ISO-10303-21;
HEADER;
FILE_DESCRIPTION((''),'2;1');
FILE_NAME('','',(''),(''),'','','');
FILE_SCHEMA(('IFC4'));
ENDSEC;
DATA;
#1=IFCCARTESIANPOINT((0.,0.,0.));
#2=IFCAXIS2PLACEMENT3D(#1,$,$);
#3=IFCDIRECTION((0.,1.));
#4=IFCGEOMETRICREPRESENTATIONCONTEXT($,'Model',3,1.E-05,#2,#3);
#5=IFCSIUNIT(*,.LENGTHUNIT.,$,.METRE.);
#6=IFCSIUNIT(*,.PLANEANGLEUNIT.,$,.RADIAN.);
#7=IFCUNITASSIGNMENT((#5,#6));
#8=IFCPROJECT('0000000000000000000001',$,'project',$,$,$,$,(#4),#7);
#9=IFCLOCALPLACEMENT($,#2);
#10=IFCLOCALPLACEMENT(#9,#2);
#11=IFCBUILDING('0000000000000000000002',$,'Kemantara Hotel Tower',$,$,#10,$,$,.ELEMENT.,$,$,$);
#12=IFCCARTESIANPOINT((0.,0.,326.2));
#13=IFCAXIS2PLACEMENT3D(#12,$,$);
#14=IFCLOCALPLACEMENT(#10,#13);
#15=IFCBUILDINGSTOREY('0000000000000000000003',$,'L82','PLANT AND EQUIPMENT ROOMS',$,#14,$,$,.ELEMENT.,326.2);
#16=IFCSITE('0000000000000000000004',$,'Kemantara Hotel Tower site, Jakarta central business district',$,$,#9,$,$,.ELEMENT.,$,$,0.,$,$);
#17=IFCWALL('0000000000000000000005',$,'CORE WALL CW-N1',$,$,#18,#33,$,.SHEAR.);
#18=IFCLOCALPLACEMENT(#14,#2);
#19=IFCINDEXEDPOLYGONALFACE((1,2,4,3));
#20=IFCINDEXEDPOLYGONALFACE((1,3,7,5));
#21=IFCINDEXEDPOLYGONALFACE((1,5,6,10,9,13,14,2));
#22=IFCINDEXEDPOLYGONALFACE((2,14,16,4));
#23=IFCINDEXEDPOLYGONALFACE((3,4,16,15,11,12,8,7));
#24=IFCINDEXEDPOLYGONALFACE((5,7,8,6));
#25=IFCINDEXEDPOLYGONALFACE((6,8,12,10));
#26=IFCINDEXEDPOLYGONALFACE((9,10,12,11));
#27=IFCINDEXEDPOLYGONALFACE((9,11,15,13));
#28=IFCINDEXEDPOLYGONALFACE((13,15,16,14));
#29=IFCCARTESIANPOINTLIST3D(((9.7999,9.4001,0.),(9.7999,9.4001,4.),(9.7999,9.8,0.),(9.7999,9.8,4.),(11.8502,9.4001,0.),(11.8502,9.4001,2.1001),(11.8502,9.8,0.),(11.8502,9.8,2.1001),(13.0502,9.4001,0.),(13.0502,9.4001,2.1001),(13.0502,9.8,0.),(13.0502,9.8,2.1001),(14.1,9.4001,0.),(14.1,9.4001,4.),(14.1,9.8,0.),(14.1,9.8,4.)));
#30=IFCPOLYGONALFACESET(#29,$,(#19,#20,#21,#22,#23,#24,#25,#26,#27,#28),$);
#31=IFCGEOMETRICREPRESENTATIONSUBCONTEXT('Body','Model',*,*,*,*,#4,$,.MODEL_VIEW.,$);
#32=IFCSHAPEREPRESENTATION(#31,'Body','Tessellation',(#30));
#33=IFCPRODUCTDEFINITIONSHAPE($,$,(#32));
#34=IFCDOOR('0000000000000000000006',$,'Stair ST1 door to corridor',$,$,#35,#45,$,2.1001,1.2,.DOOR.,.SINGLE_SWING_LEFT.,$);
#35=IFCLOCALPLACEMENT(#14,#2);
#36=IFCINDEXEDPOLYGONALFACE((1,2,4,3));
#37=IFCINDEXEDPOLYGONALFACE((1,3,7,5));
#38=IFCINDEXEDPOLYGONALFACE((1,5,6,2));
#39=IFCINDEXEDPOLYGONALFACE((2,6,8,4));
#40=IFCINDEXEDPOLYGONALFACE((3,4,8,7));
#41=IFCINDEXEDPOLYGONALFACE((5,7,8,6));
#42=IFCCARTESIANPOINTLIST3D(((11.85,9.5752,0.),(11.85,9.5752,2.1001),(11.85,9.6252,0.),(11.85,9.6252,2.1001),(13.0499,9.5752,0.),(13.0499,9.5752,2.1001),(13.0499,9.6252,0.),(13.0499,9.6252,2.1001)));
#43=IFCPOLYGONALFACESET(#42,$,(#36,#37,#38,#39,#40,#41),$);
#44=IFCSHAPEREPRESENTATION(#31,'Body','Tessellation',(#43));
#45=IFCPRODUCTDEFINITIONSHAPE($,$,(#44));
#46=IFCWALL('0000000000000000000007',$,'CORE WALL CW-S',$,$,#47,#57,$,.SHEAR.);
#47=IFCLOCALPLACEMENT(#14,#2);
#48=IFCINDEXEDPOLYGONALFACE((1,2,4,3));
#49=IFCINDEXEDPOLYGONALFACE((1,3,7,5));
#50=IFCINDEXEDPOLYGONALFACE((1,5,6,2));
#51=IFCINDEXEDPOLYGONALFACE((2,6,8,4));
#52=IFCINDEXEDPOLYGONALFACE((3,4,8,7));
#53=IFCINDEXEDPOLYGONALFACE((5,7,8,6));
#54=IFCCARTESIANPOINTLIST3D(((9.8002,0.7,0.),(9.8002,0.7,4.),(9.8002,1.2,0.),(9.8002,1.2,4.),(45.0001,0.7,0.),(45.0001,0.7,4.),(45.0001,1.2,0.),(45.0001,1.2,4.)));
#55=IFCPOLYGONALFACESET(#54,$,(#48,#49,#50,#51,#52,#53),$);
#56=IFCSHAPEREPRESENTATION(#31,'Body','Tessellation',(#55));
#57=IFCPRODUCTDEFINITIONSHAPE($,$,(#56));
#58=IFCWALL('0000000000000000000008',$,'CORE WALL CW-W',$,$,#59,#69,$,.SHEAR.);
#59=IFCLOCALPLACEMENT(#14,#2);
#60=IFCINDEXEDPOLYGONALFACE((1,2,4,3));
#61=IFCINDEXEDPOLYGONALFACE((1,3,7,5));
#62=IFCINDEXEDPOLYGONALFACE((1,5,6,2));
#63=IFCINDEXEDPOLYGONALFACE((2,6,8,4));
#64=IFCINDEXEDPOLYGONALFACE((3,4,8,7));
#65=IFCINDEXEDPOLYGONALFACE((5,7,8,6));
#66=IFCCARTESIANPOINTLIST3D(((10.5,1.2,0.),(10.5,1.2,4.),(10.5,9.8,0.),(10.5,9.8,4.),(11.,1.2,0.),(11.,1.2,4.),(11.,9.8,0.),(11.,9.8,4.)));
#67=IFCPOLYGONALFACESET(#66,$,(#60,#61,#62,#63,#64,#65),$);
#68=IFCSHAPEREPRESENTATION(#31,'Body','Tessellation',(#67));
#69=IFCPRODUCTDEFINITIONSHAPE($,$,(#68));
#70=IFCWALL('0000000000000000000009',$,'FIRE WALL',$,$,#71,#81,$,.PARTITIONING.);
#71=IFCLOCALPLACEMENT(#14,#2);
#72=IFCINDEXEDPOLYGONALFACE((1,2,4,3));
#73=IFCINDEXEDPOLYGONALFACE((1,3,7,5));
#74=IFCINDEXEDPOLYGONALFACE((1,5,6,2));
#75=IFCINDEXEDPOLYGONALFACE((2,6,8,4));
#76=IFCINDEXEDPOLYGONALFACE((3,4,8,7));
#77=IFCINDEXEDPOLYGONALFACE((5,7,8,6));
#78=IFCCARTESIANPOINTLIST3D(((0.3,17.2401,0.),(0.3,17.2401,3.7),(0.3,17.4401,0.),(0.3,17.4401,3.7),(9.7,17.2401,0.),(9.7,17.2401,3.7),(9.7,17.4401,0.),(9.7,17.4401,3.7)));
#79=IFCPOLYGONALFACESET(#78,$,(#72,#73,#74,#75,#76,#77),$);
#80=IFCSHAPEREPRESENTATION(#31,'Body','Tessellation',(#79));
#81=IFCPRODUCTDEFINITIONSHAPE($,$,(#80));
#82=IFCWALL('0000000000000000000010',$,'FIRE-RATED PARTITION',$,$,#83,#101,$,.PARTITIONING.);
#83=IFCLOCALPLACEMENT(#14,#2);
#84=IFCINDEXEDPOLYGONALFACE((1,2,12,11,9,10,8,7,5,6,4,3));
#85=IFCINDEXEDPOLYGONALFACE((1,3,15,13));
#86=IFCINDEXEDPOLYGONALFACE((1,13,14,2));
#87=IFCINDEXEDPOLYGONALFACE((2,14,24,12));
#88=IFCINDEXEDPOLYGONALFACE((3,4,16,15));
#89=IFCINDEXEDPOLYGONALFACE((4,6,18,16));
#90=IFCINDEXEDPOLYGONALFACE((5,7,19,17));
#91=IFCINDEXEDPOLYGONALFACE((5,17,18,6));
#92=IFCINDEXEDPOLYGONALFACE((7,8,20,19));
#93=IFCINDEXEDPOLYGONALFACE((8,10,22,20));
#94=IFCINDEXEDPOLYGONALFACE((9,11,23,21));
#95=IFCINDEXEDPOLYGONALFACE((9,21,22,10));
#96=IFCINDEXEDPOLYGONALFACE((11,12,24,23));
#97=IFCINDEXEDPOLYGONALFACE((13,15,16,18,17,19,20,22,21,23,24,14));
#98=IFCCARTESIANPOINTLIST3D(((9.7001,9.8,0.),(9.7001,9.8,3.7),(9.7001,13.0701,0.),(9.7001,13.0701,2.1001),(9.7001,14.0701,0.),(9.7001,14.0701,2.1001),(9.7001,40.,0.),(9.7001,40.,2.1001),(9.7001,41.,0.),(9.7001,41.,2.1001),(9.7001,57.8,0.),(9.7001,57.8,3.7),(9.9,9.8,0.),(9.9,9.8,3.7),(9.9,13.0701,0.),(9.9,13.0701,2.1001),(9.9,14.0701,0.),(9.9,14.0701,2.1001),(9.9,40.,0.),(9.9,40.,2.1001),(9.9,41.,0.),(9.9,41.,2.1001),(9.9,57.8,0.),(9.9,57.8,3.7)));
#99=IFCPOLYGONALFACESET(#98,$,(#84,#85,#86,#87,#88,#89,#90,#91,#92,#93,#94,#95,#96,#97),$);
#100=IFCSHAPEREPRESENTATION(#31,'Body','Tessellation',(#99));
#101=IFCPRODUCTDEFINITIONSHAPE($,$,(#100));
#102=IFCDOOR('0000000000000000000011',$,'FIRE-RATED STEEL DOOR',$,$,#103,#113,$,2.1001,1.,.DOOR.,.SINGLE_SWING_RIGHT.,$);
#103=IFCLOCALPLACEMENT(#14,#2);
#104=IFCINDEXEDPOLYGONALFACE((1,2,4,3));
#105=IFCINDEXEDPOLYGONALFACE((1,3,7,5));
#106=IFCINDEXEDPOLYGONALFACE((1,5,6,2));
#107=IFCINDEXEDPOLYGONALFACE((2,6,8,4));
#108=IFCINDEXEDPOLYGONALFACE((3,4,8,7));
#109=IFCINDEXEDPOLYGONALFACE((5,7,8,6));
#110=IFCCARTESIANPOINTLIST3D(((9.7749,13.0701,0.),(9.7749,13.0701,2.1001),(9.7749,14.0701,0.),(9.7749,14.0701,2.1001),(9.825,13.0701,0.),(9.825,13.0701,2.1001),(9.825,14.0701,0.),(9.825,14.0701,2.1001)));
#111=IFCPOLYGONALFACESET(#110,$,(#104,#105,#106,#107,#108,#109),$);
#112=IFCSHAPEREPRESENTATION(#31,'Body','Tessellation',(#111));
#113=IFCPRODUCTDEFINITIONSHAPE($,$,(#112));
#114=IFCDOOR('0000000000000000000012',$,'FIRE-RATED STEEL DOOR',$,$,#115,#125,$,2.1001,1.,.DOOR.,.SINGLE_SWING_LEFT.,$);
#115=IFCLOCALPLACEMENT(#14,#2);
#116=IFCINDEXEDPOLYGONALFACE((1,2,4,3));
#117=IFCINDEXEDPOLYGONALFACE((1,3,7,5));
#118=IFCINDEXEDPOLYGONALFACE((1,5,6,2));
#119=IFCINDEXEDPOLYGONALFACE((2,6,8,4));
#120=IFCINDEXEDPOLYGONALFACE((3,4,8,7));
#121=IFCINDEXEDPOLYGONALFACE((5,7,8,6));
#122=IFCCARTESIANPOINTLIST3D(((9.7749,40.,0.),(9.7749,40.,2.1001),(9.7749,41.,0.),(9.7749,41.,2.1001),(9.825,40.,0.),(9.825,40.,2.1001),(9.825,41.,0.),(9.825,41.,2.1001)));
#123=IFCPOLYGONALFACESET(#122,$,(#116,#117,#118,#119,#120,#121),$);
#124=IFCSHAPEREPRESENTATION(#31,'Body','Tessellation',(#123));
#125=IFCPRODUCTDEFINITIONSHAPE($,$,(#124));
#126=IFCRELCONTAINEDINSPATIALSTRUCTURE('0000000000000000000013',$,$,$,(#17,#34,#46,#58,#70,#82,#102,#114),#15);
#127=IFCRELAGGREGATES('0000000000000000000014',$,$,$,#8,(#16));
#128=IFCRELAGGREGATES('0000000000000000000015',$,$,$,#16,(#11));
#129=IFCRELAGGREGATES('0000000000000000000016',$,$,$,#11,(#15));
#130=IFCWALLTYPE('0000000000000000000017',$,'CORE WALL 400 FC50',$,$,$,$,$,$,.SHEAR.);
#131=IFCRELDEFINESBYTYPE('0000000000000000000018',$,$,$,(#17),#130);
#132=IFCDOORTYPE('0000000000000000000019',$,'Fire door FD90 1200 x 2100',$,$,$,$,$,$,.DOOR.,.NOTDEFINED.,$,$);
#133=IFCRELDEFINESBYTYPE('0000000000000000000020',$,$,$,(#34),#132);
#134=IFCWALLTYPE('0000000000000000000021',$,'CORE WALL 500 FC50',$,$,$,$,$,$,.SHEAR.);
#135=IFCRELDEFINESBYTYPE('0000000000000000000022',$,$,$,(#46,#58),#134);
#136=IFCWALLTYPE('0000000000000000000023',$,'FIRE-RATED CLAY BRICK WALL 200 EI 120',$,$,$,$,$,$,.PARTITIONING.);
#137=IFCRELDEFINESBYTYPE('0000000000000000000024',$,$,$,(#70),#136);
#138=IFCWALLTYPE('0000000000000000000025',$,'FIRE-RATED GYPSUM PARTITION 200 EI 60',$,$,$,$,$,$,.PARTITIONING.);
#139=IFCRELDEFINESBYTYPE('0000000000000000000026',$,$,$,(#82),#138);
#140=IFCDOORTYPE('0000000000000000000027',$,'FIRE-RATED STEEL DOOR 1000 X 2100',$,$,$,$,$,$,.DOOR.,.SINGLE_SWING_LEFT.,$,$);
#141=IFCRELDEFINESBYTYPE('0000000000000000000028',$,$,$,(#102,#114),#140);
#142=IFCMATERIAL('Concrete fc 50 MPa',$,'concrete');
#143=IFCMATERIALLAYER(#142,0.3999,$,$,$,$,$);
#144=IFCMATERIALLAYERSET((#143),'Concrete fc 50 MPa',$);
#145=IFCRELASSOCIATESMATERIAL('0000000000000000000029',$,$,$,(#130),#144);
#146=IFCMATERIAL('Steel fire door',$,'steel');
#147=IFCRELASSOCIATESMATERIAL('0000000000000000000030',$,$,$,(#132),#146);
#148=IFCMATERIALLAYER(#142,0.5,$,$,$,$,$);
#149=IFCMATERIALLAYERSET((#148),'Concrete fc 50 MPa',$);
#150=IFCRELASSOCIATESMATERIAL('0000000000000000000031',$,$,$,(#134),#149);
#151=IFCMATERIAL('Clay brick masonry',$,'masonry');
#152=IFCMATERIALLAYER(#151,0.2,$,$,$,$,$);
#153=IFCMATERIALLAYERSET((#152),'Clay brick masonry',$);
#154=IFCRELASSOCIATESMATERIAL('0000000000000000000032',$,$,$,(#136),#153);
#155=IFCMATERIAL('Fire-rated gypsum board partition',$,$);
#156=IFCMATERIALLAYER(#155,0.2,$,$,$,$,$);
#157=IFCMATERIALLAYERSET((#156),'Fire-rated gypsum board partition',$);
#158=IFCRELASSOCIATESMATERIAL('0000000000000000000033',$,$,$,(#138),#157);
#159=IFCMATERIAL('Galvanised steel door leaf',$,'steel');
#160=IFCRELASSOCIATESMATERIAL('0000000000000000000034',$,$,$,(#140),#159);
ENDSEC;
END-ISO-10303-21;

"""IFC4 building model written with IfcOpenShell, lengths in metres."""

from ifc_helpers import new_model, si_unit, direction, frame, frame_2d, origin, place, context, subcontext, project, spatial, rectangle, extrude, material, layer, layer_set, type_object, element, fill, save


model = new_model("IFC4")

# Units and contexts
model_context = context("Model", 3, precision=1e-05, world=origin(), true_north=direction((0.0, 1.0)))
body_context = subcontext(model_context, "Body", "Model", "MODEL_VIEW")
ifc_project = project(units=[si_unit("LENGTHUNIT", "METRE"), si_unit("PLANEANGLEUNIT", "RADIAN")], contexts=[model_context])

# Site, building, storey
site_placement = place(None, origin())
site = spatial("IfcSite", under=ifc_project, at=site_placement, Name="Kemantara Hotel Tower site, Jakarta central business district", CompositionType="ELEMENT", RefElevation=0.0)
building_placement = place(site_placement, origin())
building = spatial("IfcBuilding", under=site, at=building_placement, Name="Kemantara Hotel Tower", CompositionType="ELEMENT")
storey_placement = place(building_placement, frame((0.0, 0.0, 326.2)))
storey = spatial("IfcBuildingStorey", under=building, at=storey_placement, Name="L82", Description="PLANT AND EQUIPMENT ROOMS", CompositionType="ELEMENT", Elevation=326.2)

# Shared definitions
ifc_material_1 = material(Name="Concrete fc 50 MPa", Category="concrete")

# Wall, opening, door
ifc_layer_1 = layer(ifc_material_1, 0.3999)
ifc_layer_set_1 = layer_set([ifc_layer_1], Name="Concrete fc 50 MPa")
wall_type_1 = type_object("IfcWallType", Name="CORE WALL 400 FC50", PredefinedType="SHEAR", material=ifc_layer_set_1)
wall_1_placement = place(storey_placement, frame((9.8, 9.6001, 0.0), z_axis=(0.0, 0.0, 1.0), x_axis=(1.0, 0.0, 0.0)))
wall_1 = element("IfcWall", 1, at=wall_1_placement, inside=storey, type_object=wall_type_1, Name="CORE WALL CW-N1", PredefinedType="SHEAR", context=body_context, shape_type="SweptSolid", body=[
    extrude(rectangle(XDim=4.3, YDim=0.3999, at=frame_2d((2.1499, 0.0))), origin(), (0.0, 0.0, 1.0), 4.0),
])
opening_1_placement = place(wall_1_placement, frame((2.05, 0.0, 0.0)))
opening_1 = element("IfcOpeningElement", 2, at=opening_1_placement, cuts=wall_1, PredefinedType="OPENING", context=body_context, shape_type="SweptSolid", body=[
    extrude(rectangle(XDim=1.2, YDim=2.1001, at=frame_2d((0.6001, 1.05))), frame((0.0, 0.21, 0.0), z_axis=(0.0, -1.0, 0.0), x_axis=(1.0, 0.0, 0.0)), (0.0, 0.0, 1.0), 0.4199),
])
ifc_material_2 = material(Name="Steel fire door", Category="steel")
door_type_1 = type_object("IfcDoorType", Name="Fire door FD90 1200 x 2100", OperationType="NOTDEFINED", PredefinedType="DOOR", material=ifc_material_2)
door_1_placement = place(opening_1_placement, frame((1.2, 0.0, 0.0), z_axis=(0.0, 0.0, 1.0), x_axis=(-1.0, 0.0, 0.0)))
door_1 = element("IfcDoor", 3, at=door_1_placement, inside=storey, type_object=door_type_1, Name="Stair ST1 door to corridor", OperationType="SINGLE_SWING_LEFT", OverallHeight=2.1001, OverallWidth=1.2, PredefinedType="DOOR", context=body_context, shape_type="SweptSolid", body=[
    extrude(rectangle(XDim=1.2, YDim=2.1001, at=frame_2d((0.6001, 1.05))), frame((0.0, 0.0249, 0.0), z_axis=(0.0, -1.0, 0.0), x_axis=(1.0, 0.0, 0.0)), (0.0, 0.0, 1.0), 0.05),
])
fill(opening_1, door_1)

# Walls
ifc_layer_2 = layer(ifc_material_1, 0.5)
ifc_layer_set_2 = layer_set([ifc_layer_2], Name="Concrete fc 50 MPa")
wall_type_2 = type_object("IfcWallType", Name="CORE WALL 500 FC50", PredefinedType="SHEAR", material=ifc_layer_set_2)
wall_2_placement = place(storey_placement, frame((9.8, 0.95, 0.0), z_axis=(0.0, 0.0, 1.0), x_axis=(1.0, 0.0, 0.0)))
element("IfcWall", 4, at=wall_2_placement, inside=storey, type_object=wall_type_2, Name="CORE WALL CW-S", PredefinedType="SHEAR", context=body_context, shape_type="SweptSolid", body=[
    extrude(rectangle(XDim=35.2, YDim=0.5, at=frame_2d((17.6001, 0.0))), origin(), (0.0, 0.0, 1.0), 4.0),
])
wall_3_placement = place(storey_placement, frame((10.75, 1.2, 0.0), z_axis=(0.0, 0.0, 1.0), x_axis=(0.0, 1.0, 0.0)))
element("IfcWall", 5, at=wall_3_placement, inside=storey, type_object=wall_type_2, Name="CORE WALL CW-W", PredefinedType="SHEAR", context=body_context, shape_type="SweptSolid", body=[
    extrude(rectangle(XDim=8.6001, YDim=0.5, at=frame_2d((4.3, 0.0))), origin(), (0.0, 0.0, 1.0), 4.0),
])
ifc_material_3 = material(Name="Clay brick masonry", Category="masonry")
ifc_layer_3 = layer(ifc_material_3, 0.2)
ifc_layer_set_3 = layer_set([ifc_layer_3], Name="Clay brick masonry")
wall_type_3 = type_object("IfcWallType", Name="FIRE-RATED CLAY BRICK WALL 200 EI 120", PredefinedType="PARTITIONING", material=ifc_layer_set_3)
wall_4_placement = place(storey_placement, frame((0.3, 17.3401, 0.0), z_axis=(0.0, 0.0, 1.0), x_axis=(1.0, 0.0, 0.0)))
element("IfcWall", 6, at=wall_4_placement, inside=storey, type_object=wall_type_3, Name="FIRE WALL", PredefinedType="PARTITIONING", context=body_context, shape_type="SweptSolid", body=[
    extrude(rectangle(XDim=9.3999, YDim=0.2, at=frame_2d((4.7, 0.0))), origin(), (0.0, 0.0, 1.0), 3.7),
])

# Wall, openings, doors
ifc_material_4 = material(Name="Fire-rated gypsum board partition")
ifc_layer_4 = layer(ifc_material_4, 0.2)
ifc_layer_set_4 = layer_set([ifc_layer_4], Name="Fire-rated gypsum board partition")
wall_type_4 = type_object("IfcWallType", Name="FIRE-RATED GYPSUM PARTITION 200 EI 60", PredefinedType="PARTITIONING", material=ifc_layer_set_4)
wall_5_placement = place(storey_placement, frame((9.8, 9.8, 0.0), z_axis=(0.0, 0.0, 1.0), x_axis=(0.0, 1.0, 0.0)))
wall_5 = element("IfcWall", 7, at=wall_5_placement, inside=storey, type_object=wall_type_4, Name="FIRE-RATED PARTITION", PredefinedType="PARTITIONING", context=body_context, shape_type="SweptSolid", body=[
    extrude(rectangle(XDim=48.0, YDim=0.2, at=frame_2d((24.0, 0.0))), origin(), (0.0, 0.0, 1.0), 3.7),
])
opening_2_placement = place(wall_5_placement, frame((3.27, 0.0, 0.0)))
opening_2 = element("IfcOpeningElement", 8, at=opening_2_placement, cuts=wall_5, PredefinedType="OPENING", context=body_context, shape_type="SweptSolid", body=[
    extrude(rectangle(XDim=1.0, YDim=2.1001, at=frame_2d((0.5, 1.05))), frame((0.0, 0.1099, 0.0), z_axis=(0.0, -1.0, 0.0), x_axis=(1.0, 0.0, 0.0)), (0.0, 0.0, 1.0), 0.22),
])
opening_3_placement = place(wall_5_placement, frame((30.2, 0.0, 0.0)))
opening_3 = element("IfcOpeningElement", 9, at=opening_3_placement, cuts=wall_5, PredefinedType="OPENING", context=body_context, shape_type="SweptSolid", body=[
    extrude(rectangle(XDim=1.0, YDim=2.1001, at=frame_2d((0.5, 1.05))), frame((0.0, 0.1099, 0.0), z_axis=(0.0, -1.0, 0.0), x_axis=(1.0, 0.0, 0.0)), (0.0, 0.0, 1.0), 0.22),
])
ifc_material_5 = material(Name="Galvanised steel door leaf", Category="steel")
door_type_2 = type_object("IfcDoorType", Name="FIRE-RATED STEEL DOOR 1000 X 2100", OperationType="SINGLE_SWING_LEFT", PredefinedType="DOOR", material=ifc_material_5)
door_2_placement = place(opening_2_placement, frame((1.0, 0.0, 0.0), z_axis=(0.0, 0.0, 1.0), x_axis=(-1.0, 0.0, 0.0)))
door_2 = element("IfcDoor", 10, at=door_2_placement, inside=storey, type_object=door_type_2, Name="FIRE-RATED STEEL DOOR", OperationType="SINGLE_SWING_RIGHT", OverallHeight=2.1001, OverallWidth=1.0, PredefinedType="DOOR", context=body_context, shape_type="SweptSolid", body=[
    extrude(rectangle(XDim=1.0, YDim=2.1001, at=frame_2d((0.5, 1.05))), frame((0.0, 0.0249, 0.0), z_axis=(0.0, -1.0, 0.0), x_axis=(1.0, 0.0, 0.0)), (0.0, 0.0, 1.0), 0.05),
])
fill(opening_2, door_2)
door_3_placement = place(opening_3_placement, frame((1.0, 0.0, 0.0), z_axis=(0.0, 0.0, 1.0), x_axis=(-1.0, 0.0, 0.0)))
door_3 = element("IfcDoor", 11, at=door_3_placement, inside=storey, type_object=door_type_2, Name="FIRE-RATED STEEL DOOR", OperationType="SINGLE_SWING_LEFT", OverallHeight=2.1001, OverallWidth=1.0, PredefinedType="DOOR", context=body_context, shape_type="SweptSolid", body=[
    extrude(rectangle(XDim=1.0, YDim=2.1001, at=frame_2d((0.5, 1.05))), frame((0.0, 0.0249, 0.0), z_axis=(0.0, -1.0, 0.0), x_axis=(1.0, 0.0, 0.0)), (0.0, 0.0, 1.0), 0.05),
])
fill(opening_3, door_3)

save(model, "model.ifc")
